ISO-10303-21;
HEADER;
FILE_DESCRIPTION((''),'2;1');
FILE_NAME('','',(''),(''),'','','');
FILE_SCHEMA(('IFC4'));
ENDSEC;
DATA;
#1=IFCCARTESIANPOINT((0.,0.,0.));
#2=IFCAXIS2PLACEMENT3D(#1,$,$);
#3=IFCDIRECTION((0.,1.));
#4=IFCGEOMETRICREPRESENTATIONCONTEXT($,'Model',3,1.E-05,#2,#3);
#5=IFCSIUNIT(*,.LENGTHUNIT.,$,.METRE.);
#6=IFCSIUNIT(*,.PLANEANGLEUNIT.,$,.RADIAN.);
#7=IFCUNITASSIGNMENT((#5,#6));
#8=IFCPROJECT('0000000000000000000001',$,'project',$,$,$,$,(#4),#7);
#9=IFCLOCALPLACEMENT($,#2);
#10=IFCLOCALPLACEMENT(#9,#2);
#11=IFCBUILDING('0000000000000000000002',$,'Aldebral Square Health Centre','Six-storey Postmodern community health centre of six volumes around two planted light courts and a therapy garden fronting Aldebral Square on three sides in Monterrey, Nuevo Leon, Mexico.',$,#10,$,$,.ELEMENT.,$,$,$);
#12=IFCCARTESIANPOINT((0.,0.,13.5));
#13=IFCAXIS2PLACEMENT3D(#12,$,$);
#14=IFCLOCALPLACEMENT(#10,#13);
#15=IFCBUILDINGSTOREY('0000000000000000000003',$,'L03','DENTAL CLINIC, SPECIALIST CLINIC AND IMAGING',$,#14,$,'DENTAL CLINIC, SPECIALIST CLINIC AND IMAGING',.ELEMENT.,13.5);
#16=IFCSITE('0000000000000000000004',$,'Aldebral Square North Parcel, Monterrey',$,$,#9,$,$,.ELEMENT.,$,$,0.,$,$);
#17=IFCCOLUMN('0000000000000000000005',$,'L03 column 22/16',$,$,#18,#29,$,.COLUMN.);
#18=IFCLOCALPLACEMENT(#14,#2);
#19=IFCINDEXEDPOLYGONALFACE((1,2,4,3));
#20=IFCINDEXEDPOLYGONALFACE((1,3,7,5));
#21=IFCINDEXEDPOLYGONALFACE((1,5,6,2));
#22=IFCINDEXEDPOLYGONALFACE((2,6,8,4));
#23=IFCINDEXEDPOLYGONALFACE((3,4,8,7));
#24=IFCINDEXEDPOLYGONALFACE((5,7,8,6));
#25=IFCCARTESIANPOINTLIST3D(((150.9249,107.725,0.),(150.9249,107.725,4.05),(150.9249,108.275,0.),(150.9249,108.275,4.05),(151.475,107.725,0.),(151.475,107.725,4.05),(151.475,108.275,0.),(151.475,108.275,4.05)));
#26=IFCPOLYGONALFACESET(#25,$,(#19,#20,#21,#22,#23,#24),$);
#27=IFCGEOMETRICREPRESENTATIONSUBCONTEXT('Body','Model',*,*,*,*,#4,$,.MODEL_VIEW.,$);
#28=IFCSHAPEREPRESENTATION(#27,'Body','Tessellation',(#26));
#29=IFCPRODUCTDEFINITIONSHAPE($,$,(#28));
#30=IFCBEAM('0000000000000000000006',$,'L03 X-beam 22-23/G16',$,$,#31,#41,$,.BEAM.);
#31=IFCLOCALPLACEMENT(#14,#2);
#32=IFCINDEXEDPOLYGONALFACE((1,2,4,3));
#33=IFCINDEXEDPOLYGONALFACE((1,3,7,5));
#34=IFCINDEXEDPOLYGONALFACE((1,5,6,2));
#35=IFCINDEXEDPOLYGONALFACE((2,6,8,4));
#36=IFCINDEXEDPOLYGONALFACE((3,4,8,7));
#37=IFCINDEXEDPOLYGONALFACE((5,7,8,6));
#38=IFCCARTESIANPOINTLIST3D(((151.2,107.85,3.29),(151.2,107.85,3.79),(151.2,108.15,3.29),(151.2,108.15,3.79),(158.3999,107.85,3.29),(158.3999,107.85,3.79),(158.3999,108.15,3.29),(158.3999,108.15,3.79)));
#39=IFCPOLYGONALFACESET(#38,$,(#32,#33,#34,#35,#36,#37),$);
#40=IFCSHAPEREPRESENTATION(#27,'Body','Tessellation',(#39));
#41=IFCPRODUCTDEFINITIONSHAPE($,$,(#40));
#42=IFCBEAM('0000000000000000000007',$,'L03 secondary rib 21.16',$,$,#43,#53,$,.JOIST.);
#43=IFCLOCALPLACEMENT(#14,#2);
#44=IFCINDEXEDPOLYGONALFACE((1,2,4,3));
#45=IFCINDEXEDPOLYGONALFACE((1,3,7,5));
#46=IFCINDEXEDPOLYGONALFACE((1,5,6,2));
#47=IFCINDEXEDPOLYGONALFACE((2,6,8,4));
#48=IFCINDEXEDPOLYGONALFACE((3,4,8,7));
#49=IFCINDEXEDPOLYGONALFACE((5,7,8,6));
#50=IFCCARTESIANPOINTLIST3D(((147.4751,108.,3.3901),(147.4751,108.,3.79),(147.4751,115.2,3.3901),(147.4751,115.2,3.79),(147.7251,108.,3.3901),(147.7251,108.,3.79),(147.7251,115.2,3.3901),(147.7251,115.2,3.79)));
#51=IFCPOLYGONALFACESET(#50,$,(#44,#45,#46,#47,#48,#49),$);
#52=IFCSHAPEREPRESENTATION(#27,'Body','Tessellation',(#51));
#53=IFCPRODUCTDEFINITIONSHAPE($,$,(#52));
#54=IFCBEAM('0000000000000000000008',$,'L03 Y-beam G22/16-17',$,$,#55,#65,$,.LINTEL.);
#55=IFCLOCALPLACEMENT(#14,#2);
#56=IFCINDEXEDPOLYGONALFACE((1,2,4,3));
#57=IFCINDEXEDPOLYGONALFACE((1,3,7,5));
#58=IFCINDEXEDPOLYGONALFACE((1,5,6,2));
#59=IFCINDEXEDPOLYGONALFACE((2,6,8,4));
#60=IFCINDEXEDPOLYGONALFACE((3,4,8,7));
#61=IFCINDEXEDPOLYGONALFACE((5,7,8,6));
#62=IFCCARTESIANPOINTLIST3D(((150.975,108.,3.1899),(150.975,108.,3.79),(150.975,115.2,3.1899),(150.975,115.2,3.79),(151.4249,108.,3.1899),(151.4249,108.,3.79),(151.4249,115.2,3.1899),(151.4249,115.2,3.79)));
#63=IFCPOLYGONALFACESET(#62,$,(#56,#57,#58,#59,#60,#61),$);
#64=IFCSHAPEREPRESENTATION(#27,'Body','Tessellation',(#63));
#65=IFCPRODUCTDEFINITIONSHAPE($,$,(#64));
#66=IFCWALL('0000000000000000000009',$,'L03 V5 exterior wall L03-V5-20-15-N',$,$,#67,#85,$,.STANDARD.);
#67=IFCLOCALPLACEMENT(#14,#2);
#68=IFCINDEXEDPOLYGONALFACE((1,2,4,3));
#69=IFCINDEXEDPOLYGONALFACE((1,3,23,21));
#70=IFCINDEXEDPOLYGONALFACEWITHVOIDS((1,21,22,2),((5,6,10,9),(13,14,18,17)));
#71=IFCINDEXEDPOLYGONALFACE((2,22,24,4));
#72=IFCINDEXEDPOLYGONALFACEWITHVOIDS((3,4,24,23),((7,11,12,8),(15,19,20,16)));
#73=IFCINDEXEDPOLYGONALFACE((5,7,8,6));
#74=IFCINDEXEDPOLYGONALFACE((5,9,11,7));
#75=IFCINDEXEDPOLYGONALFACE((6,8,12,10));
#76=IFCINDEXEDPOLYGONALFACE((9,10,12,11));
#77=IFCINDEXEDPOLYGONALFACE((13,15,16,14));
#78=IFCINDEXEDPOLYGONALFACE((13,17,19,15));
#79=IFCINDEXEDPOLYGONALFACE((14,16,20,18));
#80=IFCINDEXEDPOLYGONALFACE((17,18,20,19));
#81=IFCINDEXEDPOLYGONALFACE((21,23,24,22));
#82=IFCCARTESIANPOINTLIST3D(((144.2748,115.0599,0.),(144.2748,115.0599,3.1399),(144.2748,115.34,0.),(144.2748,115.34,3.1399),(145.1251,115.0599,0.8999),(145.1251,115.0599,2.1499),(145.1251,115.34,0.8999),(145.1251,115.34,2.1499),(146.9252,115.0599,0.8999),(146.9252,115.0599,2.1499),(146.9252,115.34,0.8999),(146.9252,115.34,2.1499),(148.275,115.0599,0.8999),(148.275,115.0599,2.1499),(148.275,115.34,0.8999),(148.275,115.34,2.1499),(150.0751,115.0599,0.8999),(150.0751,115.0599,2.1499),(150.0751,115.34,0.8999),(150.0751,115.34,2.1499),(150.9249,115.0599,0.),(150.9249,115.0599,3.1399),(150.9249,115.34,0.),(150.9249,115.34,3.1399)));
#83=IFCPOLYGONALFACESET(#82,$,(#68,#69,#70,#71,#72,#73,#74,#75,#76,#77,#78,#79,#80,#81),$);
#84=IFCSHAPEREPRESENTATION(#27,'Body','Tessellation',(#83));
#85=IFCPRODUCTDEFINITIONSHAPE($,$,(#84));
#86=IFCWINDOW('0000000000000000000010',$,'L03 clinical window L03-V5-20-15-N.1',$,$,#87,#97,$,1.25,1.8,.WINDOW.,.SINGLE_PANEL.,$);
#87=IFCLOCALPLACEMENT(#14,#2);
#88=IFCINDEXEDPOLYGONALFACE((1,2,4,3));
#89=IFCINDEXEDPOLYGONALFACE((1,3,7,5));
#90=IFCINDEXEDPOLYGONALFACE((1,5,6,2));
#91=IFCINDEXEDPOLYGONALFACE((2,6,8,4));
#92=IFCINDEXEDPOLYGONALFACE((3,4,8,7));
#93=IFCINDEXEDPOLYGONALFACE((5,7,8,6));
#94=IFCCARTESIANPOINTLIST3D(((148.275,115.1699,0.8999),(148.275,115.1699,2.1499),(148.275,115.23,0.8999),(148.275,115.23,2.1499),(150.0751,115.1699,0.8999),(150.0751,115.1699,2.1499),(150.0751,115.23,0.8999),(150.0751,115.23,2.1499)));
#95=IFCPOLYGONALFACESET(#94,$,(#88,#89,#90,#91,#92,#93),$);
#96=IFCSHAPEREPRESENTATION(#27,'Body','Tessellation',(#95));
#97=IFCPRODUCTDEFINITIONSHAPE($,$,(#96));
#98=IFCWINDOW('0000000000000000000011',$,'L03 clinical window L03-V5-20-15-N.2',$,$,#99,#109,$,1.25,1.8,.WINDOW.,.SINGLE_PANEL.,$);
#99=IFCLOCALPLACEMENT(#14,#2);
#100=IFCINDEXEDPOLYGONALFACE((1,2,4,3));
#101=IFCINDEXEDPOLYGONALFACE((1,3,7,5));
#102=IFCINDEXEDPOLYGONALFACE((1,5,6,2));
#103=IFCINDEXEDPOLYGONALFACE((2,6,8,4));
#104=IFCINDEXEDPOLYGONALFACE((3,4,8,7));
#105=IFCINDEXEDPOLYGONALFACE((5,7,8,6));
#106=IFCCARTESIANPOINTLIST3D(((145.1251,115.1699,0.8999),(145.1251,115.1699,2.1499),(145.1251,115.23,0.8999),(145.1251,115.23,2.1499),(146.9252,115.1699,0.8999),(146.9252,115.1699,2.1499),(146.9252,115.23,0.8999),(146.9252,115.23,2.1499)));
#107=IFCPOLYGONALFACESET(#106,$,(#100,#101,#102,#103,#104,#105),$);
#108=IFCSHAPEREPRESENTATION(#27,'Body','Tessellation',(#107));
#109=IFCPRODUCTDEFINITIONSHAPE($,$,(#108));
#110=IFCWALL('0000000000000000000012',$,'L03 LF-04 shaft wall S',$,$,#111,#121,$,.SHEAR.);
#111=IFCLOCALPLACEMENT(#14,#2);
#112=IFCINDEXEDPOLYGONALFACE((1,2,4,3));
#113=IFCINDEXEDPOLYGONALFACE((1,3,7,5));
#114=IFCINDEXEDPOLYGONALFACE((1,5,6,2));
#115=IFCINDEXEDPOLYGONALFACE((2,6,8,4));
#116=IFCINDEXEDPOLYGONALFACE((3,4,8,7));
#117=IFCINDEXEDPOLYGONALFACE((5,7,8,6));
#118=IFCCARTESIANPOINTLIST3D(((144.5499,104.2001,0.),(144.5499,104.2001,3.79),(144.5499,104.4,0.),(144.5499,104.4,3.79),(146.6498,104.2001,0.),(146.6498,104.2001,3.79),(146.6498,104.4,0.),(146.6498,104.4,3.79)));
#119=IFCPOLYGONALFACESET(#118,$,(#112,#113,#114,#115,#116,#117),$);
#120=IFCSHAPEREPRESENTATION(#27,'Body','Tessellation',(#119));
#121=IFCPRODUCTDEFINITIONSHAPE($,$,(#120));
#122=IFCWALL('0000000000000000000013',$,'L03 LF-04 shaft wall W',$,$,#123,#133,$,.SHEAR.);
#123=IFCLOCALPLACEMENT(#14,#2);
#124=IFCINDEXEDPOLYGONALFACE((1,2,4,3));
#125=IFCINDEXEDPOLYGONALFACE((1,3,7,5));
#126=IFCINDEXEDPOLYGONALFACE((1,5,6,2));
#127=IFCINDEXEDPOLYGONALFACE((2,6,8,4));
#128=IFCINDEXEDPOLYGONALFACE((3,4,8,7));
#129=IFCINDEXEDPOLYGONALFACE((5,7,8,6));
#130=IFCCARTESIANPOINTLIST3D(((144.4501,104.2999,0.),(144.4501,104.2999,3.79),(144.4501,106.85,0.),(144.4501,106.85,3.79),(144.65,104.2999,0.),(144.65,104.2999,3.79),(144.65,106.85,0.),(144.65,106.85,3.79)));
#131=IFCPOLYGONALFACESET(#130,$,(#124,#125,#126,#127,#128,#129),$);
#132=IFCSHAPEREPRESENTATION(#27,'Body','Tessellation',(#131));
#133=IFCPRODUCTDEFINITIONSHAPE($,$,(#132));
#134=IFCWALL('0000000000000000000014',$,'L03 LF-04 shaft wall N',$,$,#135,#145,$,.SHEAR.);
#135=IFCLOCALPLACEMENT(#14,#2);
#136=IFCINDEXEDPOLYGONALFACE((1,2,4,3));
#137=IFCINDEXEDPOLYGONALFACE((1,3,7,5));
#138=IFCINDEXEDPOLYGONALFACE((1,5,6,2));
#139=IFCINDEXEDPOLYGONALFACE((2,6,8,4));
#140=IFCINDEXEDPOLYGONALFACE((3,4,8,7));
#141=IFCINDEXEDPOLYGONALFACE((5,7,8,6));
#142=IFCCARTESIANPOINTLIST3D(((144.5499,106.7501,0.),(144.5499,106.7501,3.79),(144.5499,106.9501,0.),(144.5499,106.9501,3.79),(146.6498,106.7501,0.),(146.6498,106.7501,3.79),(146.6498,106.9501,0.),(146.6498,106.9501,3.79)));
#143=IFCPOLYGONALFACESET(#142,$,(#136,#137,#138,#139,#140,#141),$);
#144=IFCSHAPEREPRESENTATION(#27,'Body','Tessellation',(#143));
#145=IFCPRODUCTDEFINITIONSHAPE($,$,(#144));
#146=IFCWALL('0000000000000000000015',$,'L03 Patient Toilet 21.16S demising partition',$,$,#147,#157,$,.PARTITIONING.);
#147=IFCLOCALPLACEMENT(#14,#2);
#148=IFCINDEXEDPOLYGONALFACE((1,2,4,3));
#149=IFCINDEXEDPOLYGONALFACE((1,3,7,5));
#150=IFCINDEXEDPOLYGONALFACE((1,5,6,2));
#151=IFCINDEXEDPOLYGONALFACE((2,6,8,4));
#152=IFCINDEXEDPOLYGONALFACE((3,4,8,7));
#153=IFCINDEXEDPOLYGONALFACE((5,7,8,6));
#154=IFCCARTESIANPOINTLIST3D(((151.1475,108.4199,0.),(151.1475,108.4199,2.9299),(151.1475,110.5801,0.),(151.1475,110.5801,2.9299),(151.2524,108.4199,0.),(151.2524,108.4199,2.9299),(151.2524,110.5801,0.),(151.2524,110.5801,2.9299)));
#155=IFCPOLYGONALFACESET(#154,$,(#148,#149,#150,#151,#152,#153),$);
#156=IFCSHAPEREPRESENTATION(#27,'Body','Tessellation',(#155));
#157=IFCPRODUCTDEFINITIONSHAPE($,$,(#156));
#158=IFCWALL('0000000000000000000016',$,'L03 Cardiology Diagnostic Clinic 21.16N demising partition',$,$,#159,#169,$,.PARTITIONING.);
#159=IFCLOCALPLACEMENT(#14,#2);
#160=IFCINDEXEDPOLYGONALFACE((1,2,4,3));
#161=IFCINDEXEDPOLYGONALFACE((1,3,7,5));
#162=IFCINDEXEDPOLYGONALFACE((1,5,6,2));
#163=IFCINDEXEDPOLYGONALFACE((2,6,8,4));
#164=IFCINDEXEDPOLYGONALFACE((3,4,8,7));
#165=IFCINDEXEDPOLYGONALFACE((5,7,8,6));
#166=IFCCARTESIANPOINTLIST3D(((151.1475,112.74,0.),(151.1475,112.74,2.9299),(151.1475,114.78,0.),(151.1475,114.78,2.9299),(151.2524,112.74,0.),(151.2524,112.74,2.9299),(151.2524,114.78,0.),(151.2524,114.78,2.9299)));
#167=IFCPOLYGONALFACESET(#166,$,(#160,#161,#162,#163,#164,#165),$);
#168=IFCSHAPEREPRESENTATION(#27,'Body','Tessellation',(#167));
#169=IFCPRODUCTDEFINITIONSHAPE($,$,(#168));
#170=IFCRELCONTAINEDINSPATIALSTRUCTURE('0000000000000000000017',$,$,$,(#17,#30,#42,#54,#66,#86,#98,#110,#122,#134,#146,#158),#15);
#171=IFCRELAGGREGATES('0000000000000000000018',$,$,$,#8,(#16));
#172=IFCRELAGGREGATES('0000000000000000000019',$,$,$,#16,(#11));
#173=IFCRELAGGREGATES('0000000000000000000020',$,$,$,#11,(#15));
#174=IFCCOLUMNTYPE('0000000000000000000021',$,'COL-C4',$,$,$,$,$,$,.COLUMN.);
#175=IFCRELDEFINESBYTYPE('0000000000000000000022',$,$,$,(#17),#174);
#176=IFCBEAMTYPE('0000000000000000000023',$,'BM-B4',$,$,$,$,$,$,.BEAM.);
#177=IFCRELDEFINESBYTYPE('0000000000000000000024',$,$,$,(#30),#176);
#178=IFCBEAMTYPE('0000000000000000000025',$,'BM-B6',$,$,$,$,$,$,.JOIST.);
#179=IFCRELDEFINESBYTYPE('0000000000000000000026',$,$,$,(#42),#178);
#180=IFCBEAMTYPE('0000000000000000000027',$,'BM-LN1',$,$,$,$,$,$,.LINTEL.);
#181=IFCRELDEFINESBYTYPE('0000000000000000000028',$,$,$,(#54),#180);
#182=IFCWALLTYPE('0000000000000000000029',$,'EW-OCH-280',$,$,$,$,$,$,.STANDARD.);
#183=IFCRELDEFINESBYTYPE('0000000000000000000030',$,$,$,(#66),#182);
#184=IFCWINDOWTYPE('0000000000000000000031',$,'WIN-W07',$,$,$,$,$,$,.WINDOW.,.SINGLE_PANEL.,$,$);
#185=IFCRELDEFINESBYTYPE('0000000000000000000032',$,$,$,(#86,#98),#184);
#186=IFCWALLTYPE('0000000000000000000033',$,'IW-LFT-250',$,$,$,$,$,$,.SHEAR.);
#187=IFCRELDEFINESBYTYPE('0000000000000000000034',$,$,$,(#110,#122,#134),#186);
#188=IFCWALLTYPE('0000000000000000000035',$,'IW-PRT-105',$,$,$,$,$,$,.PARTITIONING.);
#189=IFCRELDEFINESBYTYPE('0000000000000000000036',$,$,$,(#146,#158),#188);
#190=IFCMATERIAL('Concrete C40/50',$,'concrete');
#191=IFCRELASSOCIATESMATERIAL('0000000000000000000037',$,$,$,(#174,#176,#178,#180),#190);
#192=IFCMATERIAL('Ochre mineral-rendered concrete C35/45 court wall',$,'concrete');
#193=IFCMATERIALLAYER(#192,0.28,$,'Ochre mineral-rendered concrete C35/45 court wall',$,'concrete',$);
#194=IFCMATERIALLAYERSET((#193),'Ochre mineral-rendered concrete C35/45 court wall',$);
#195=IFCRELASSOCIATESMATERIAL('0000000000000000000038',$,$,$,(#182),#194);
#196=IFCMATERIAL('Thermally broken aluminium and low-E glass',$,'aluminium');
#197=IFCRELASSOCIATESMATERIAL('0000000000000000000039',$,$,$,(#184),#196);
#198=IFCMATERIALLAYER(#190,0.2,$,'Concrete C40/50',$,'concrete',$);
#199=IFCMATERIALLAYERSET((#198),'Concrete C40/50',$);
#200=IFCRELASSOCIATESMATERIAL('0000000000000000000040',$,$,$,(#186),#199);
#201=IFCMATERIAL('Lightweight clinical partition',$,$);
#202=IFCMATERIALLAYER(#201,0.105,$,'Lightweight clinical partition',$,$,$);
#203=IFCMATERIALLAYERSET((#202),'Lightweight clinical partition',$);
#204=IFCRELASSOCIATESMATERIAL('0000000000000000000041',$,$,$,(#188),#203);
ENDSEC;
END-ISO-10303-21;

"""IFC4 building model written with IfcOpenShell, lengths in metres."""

from ifc_helpers import new_model, si_unit, direction, frame, frame_2d, origin, origin_2d, place, context, subcontext, project, spatial, rectangle, extrude, material, layer, layer_set, material_profile, profile_set, type_object, element, fill, save


model = new_model("IFC4")

# Units and contexts
model_context = context("Model", 3, precision=1e-05, world=origin(), true_north=direction((0.0, 1.0)))
body_context = subcontext(model_context, "Body", "Model", "MODEL_VIEW")
ifc_project = project(units=[si_unit("LENGTHUNIT", "METRE"), si_unit("PLANEANGLEUNIT", "RADIAN")], contexts=[model_context])

# Site, building, storey
site_placement = place(None, origin())
site = spatial("IfcSite", under=ifc_project, at=site_placement, Name="Aldebral Square North Parcel, Monterrey", CompositionType="ELEMENT", RefElevation=0.0)
building_placement = place(site_placement, origin())
building = spatial("IfcBuilding", under=site, at=building_placement, Name="Aldebral Square Health Centre", Description="Six-storey Postmodern community health centre of six volumes around two planted light courts and a therapy garden fronting Aldebral Square on three sides in Monterrey, Nuevo Leon, Mexico.", CompositionType="ELEMENT")
storey_placement = place(building_placement, frame((0.0, 0.0, 13.5)))
storey = spatial("IfcBuildingStorey", under=building, at=storey_placement, Name="L03", Description="DENTAL CLINIC, SPECIALIST CLINIC AND IMAGING", LongName="DENTAL CLINIC, SPECIALIST CLINIC AND IMAGING", CompositionType="ELEMENT", Elevation=13.5)

# Column
ifc_material_1 = material(Name="Concrete C40/50", Category="concrete")
ifc_material_profile_1 = material_profile(ifc_material_1, rectangle(XDim=0.55, YDim=0.55, at=origin_2d()), Name="RC 550x550")
ifc_profile_set_1 = profile_set([ifc_material_profile_1], Name="Concrete C40/50")
column_type = type_object("IfcColumnType", Name="COL-C4", PredefinedType="COLUMN", material=ifc_profile_set_1)
column_placement = place(storey_placement, frame((151.2, 108.0, 0.0), z_axis=(0.0, 0.0, 1.0), x_axis=(1.0, 0.0, 0.0)))
element("IfcColumn", 1, at=column_placement, inside=storey, type_object=column_type, Name="L03 column 22/16", PredefinedType="COLUMN", context=body_context, shape_type="SweptSolid", body=[
    extrude(rectangle(XDim=0.55, YDim=0.55, at=origin_2d()), origin(), (0.0, 0.0, 1.0), 4.05),
])

# Beams
ifc_material_profile_2 = material_profile(ifc_material_1, rectangle(XDim=0.3, YDim=0.5, at=origin_2d()), Name="RC 300x500")
ifc_profile_set_2 = profile_set([ifc_material_profile_2], Name="Concrete C40/50")
beam_type_1 = type_object("IfcBeamType", Name="BM-B4", PredefinedType="BEAM", material=ifc_profile_set_2)
beam_1_placement = place(storey_placement, frame((151.2, 108.0, 3.54), z_axis=(1.0, 0.0, 0.0), x_axis=(0.0, 1.0, 0.0)))
element("IfcBeam", 2, at=beam_1_placement, inside=storey, type_object=beam_type_1, Name="L03 X-beam 22-23/G16", PredefinedType="BEAM", context=body_context, shape_type="SweptSolid", body=[
    extrude(rectangle(XDim=0.3, YDim=0.5, at=origin_2d()), origin(), (0.0, 0.0, 1.0), 7.2),
])
ifc_material_profile_3 = material_profile(ifc_material_1, rectangle(XDim=0.25, YDim=0.3999, at=origin_2d()), Name="RC 250x400")
ifc_profile_set_3 = profile_set([ifc_material_profile_3], Name="Concrete C40/50")
beam_type_2 = type_object("IfcBeamType", Name="BM-B6", PredefinedType="JOIST", material=ifc_profile_set_3)
beam_2_placement = place(storey_placement, frame((147.6001, 108.0, 3.5901), z_axis=(0.0, 1.0, 0.0), x_axis=(-1.0, 0.0, 0.0)))
element("IfcBeam", 3, at=beam_2_placement, inside=storey, type_object=beam_type_2, Name="L03 secondary rib 21.16", PredefinedType="JOIST", context=body_context, shape_type="SweptSolid", body=[
    extrude(rectangle(XDim=0.25, YDim=0.3999, at=origin_2d()), origin(), (0.0, 0.0, 1.0), 7.2),
])
ifc_material_profile_4 = material_profile(ifc_material_1, rectangle(XDim=0.45, YDim=0.6001, at=origin_2d()), Name="RC 450x600")
ifc_profile_set_4 = profile_set([ifc_material_profile_4], Name="Concrete C40/50")
beam_type_3 = type_object("IfcBeamType", Name="BM-LN1", PredefinedType="LINTEL", material=ifc_profile_set_4)
beam_3_placement = place(storey_placement, frame((151.2, 108.0, 3.49), z_axis=(0.0, 1.0, 0.0), x_axis=(-1.0, 0.0, 0.0)))
element("IfcBeam", 4, at=beam_3_placement, inside=storey, type_object=beam_type_3, Name="L03 Y-beam G22/16-17", PredefinedType="LINTEL", context=body_context, shape_type="SweptSolid", body=[
    extrude(rectangle(XDim=0.45, YDim=0.6001, at=origin_2d()), origin(), (0.0, 0.0, 1.0), 7.2),
])

# Wall, openings, windows
ifc_material_2 = material(Name="Ochre mineral-rendered concrete C35/45 court wall", Category="concrete")
ifc_layer_1 = layer(ifc_material_2, 0.28, Name="Ochre mineral-rendered concrete C35/45 court wall", Category="concrete")
ifc_layer_set_1 = layer_set([ifc_layer_1], Name="Ochre mineral-rendered concrete C35/45 court wall")
wall_type_1 = type_object("IfcWallType", Name="EW-OCH-280", PredefinedType="STANDARD", material=ifc_layer_set_1)
wall_1_placement = place(storey_placement, frame((150.925, 115.2, 0.0), z_axis=(0.0, 0.0, 1.0), x_axis=(-1.0, 0.0, 0.0)))
wall_1 = element("IfcWall", 5, at=wall_1_placement, inside=storey, type_object=wall_type_1, Name="L03 V5 exterior wall L03-V5-20-15-N", PredefinedType="STANDARD", context=body_context, shape_type="SweptSolid", body=[
    extrude(rectangle(XDim=6.6501, YDim=0.28, at=frame_2d((3.3252, 0.0))), origin(), (0.0, 0.0, 1.0), 3.1399),
])
opening_1_placement = place(wall_1_placement, frame((0.8501, 0.0, 0.8999)))
opening_1 = element("IfcOpeningElement", 6, at=opening_1_placement, cuts=wall_1, PredefinedType="OPENING", context=body_context, shape_type="SweptSolid", body=[
    extrude(rectangle(XDim=1.8, YDim=1.25, at=frame_2d((0.8999, 0.625))), frame((0.0, 0.1499, 0.0), z_axis=(0.0, -1.0, 0.0), x_axis=(1.0, 0.0, 0.0)), (0.0, 0.0, 1.0), 0.3),
])
opening_2_placement = place(wall_1_placement, frame((4.0, 0.0, 0.8999)))
opening_2 = element("IfcOpeningElement", 7, at=opening_2_placement, cuts=wall_1, PredefinedType="OPENING", context=body_context, shape_type="SweptSolid", body=[
    extrude(rectangle(XDim=1.8, YDim=1.25, at=frame_2d((0.8999, 0.625))), frame((0.0, 0.1499, 0.0), z_axis=(0.0, -1.0, 0.0), x_axis=(1.0, 0.0, 0.0)), (0.0, 0.0, 1.0), 0.3),
])
ifc_material_3 = material(Name="Thermally broken aluminium and low-E glass", Category="aluminium")
window_type = type_object("IfcWindowType", Name="WIN-W07", PartitioningType="SINGLE_PANEL", PredefinedType="WINDOW", material=ifc_material_3)
window_1_placement = place(opening_1_placement, origin())
window_1 = element("IfcWindow", 8, at=window_1_placement, inside=storey, type_object=window_type, Name="L03 clinical window L03-V5-20-15-N.1", OverallHeight=1.25, OverallWidth=1.8, PartitioningType="SINGLE_PANEL", PredefinedType="WINDOW", context=body_context, shape_type="SweptSolid", body=[
    extrude(rectangle(XDim=1.8, YDim=1.25, at=frame_2d((0.8999, 0.625))), frame((0.0, 0.03, 0.0), z_axis=(0.0, -1.0, 0.0), x_axis=(1.0, 0.0, 0.0)), (0.0, 0.0, 1.0), 0.0601),
])
fill(opening_1, window_1)
window_2_placement = place(opening_2_placement, origin())
window_2 = element("IfcWindow", 9, at=window_2_placement, inside=storey, type_object=window_type, Name="L03 clinical window L03-V5-20-15-N.2", OverallHeight=1.25, OverallWidth=1.8, PartitioningType="SINGLE_PANEL", PredefinedType="WINDOW", context=body_context, shape_type="SweptSolid", body=[
    extrude(rectangle(XDim=1.8, YDim=1.25, at=frame_2d((0.8999, 0.625))), frame((0.0, 0.03, 0.0), z_axis=(0.0, -1.0, 0.0), x_axis=(1.0, 0.0, 0.0)), (0.0, 0.0, 1.0), 0.0601),
])
fill(opening_2, window_2)

# Walls
ifc_layer_2 = layer(ifc_material_1, 0.2, Name="Concrete C40/50", Category="concrete")
ifc_layer_set_2 = layer_set([ifc_layer_2], Name="Concrete C40/50")
wall_type_2 = type_object("IfcWallType", Name="IW-LFT-250", PredefinedType="SHEAR", material=ifc_layer_set_2)
wall_2_placement = place(storey_placement, frame((144.55, 104.3, 0.0), z_axis=(0.0, 0.0, 1.0), x_axis=(1.0, 0.0, 0.0)))
element("IfcWall", 10, at=wall_2_placement, inside=storey, type_object=wall_type_2, Name="L03 LF-04 shaft wall S", PredefinedType="SHEAR", context=body_context, shape_type="SweptSolid", body=[
    extrude(rectangle(XDim=2.0999, YDim=0.2, at=frame_2d((1.0498, 0.0))), origin(), (0.0, 0.0, 1.0), 3.79),
])
wall_3_placement = place(storey_placement, frame((144.55, 104.3, 0.0), z_axis=(0.0, 0.0, 1.0), x_axis=(0.0, 1.0, 0.0)))
element("IfcWall", 11, at=wall_3_placement, inside=storey, type_object=wall_type_2, Name="L03 LF-04 shaft wall W", PredefinedType="SHEAR", context=body_context, shape_type="SweptSolid", body=[
    extrude(rectangle(XDim=2.55, YDim=0.2, at=frame_2d((1.2749, 0.0))), origin(), (0.0, 0.0, 1.0), 3.79),
])
wall_4_placement = place(storey_placement, frame((144.55, 106.8501, 0.0), z_axis=(0.0, 0.0, 1.0), x_axis=(1.0, 0.0, 0.0)))
element("IfcWall", 12, at=wall_4_placement, inside=storey, type_object=wall_type_2, Name="L03 LF-04 shaft wall N", PredefinedType="SHEAR", context=body_context, shape_type="SweptSolid", body=[
    extrude(rectangle(XDim=2.0999, YDim=0.2, at=frame_2d((1.0498, 0.0))), origin(), (0.0, 0.0, 1.0), 3.79),
])

# Walls
ifc_material_4 = material(Name="Lightweight clinical partition")
ifc_layer_3 = layer(ifc_material_4, 0.105, Name="Lightweight clinical partition")
ifc_layer_set_3 = layer_set([ifc_layer_3], Name="Lightweight clinical partition")
wall_type_3 = type_object("IfcWallType", Name="IW-PRT-105", PredefinedType="PARTITIONING", material=ifc_layer_set_3)
wall_5_placement = place(storey_placement, frame((151.2, 108.4199, 0.0), z_axis=(0.0, 0.0, 1.0), x_axis=(0.0, 1.0, 0.0)))
element("IfcWall", 13, at=wall_5_placement, inside=storey, type_object=wall_type_3, Name="L03 Patient Toilet 21.16S demising partition", PredefinedType="PARTITIONING", context=body_context, shape_type="SweptSolid", body=[
    extrude(rectangle(XDim=2.1602, YDim=0.105, at=frame_2d((1.0801, 0.0))), origin(), (0.0, 0.0, 1.0), 2.9299),
])
wall_6_placement = place(storey_placement, frame((151.2, 112.74, 0.0), z_axis=(0.0, 0.0, 1.0), x_axis=(0.0, 1.0, 0.0)))
element("IfcWall", 14, at=wall_6_placement, inside=storey, type_object=wall_type_3, Name="L03 Cardiology Diagnostic Clinic 21.16N demising partition", PredefinedType="PARTITIONING", context=body_context, shape_type="SweptSolid", body=[
    extrude(rectangle(XDim=2.04, YDim=0.105, at=frame_2d((1.02, 0.0))), origin(), (0.0, 0.0, 1.0), 2.9299),
])

save(model, "model.ifc")
